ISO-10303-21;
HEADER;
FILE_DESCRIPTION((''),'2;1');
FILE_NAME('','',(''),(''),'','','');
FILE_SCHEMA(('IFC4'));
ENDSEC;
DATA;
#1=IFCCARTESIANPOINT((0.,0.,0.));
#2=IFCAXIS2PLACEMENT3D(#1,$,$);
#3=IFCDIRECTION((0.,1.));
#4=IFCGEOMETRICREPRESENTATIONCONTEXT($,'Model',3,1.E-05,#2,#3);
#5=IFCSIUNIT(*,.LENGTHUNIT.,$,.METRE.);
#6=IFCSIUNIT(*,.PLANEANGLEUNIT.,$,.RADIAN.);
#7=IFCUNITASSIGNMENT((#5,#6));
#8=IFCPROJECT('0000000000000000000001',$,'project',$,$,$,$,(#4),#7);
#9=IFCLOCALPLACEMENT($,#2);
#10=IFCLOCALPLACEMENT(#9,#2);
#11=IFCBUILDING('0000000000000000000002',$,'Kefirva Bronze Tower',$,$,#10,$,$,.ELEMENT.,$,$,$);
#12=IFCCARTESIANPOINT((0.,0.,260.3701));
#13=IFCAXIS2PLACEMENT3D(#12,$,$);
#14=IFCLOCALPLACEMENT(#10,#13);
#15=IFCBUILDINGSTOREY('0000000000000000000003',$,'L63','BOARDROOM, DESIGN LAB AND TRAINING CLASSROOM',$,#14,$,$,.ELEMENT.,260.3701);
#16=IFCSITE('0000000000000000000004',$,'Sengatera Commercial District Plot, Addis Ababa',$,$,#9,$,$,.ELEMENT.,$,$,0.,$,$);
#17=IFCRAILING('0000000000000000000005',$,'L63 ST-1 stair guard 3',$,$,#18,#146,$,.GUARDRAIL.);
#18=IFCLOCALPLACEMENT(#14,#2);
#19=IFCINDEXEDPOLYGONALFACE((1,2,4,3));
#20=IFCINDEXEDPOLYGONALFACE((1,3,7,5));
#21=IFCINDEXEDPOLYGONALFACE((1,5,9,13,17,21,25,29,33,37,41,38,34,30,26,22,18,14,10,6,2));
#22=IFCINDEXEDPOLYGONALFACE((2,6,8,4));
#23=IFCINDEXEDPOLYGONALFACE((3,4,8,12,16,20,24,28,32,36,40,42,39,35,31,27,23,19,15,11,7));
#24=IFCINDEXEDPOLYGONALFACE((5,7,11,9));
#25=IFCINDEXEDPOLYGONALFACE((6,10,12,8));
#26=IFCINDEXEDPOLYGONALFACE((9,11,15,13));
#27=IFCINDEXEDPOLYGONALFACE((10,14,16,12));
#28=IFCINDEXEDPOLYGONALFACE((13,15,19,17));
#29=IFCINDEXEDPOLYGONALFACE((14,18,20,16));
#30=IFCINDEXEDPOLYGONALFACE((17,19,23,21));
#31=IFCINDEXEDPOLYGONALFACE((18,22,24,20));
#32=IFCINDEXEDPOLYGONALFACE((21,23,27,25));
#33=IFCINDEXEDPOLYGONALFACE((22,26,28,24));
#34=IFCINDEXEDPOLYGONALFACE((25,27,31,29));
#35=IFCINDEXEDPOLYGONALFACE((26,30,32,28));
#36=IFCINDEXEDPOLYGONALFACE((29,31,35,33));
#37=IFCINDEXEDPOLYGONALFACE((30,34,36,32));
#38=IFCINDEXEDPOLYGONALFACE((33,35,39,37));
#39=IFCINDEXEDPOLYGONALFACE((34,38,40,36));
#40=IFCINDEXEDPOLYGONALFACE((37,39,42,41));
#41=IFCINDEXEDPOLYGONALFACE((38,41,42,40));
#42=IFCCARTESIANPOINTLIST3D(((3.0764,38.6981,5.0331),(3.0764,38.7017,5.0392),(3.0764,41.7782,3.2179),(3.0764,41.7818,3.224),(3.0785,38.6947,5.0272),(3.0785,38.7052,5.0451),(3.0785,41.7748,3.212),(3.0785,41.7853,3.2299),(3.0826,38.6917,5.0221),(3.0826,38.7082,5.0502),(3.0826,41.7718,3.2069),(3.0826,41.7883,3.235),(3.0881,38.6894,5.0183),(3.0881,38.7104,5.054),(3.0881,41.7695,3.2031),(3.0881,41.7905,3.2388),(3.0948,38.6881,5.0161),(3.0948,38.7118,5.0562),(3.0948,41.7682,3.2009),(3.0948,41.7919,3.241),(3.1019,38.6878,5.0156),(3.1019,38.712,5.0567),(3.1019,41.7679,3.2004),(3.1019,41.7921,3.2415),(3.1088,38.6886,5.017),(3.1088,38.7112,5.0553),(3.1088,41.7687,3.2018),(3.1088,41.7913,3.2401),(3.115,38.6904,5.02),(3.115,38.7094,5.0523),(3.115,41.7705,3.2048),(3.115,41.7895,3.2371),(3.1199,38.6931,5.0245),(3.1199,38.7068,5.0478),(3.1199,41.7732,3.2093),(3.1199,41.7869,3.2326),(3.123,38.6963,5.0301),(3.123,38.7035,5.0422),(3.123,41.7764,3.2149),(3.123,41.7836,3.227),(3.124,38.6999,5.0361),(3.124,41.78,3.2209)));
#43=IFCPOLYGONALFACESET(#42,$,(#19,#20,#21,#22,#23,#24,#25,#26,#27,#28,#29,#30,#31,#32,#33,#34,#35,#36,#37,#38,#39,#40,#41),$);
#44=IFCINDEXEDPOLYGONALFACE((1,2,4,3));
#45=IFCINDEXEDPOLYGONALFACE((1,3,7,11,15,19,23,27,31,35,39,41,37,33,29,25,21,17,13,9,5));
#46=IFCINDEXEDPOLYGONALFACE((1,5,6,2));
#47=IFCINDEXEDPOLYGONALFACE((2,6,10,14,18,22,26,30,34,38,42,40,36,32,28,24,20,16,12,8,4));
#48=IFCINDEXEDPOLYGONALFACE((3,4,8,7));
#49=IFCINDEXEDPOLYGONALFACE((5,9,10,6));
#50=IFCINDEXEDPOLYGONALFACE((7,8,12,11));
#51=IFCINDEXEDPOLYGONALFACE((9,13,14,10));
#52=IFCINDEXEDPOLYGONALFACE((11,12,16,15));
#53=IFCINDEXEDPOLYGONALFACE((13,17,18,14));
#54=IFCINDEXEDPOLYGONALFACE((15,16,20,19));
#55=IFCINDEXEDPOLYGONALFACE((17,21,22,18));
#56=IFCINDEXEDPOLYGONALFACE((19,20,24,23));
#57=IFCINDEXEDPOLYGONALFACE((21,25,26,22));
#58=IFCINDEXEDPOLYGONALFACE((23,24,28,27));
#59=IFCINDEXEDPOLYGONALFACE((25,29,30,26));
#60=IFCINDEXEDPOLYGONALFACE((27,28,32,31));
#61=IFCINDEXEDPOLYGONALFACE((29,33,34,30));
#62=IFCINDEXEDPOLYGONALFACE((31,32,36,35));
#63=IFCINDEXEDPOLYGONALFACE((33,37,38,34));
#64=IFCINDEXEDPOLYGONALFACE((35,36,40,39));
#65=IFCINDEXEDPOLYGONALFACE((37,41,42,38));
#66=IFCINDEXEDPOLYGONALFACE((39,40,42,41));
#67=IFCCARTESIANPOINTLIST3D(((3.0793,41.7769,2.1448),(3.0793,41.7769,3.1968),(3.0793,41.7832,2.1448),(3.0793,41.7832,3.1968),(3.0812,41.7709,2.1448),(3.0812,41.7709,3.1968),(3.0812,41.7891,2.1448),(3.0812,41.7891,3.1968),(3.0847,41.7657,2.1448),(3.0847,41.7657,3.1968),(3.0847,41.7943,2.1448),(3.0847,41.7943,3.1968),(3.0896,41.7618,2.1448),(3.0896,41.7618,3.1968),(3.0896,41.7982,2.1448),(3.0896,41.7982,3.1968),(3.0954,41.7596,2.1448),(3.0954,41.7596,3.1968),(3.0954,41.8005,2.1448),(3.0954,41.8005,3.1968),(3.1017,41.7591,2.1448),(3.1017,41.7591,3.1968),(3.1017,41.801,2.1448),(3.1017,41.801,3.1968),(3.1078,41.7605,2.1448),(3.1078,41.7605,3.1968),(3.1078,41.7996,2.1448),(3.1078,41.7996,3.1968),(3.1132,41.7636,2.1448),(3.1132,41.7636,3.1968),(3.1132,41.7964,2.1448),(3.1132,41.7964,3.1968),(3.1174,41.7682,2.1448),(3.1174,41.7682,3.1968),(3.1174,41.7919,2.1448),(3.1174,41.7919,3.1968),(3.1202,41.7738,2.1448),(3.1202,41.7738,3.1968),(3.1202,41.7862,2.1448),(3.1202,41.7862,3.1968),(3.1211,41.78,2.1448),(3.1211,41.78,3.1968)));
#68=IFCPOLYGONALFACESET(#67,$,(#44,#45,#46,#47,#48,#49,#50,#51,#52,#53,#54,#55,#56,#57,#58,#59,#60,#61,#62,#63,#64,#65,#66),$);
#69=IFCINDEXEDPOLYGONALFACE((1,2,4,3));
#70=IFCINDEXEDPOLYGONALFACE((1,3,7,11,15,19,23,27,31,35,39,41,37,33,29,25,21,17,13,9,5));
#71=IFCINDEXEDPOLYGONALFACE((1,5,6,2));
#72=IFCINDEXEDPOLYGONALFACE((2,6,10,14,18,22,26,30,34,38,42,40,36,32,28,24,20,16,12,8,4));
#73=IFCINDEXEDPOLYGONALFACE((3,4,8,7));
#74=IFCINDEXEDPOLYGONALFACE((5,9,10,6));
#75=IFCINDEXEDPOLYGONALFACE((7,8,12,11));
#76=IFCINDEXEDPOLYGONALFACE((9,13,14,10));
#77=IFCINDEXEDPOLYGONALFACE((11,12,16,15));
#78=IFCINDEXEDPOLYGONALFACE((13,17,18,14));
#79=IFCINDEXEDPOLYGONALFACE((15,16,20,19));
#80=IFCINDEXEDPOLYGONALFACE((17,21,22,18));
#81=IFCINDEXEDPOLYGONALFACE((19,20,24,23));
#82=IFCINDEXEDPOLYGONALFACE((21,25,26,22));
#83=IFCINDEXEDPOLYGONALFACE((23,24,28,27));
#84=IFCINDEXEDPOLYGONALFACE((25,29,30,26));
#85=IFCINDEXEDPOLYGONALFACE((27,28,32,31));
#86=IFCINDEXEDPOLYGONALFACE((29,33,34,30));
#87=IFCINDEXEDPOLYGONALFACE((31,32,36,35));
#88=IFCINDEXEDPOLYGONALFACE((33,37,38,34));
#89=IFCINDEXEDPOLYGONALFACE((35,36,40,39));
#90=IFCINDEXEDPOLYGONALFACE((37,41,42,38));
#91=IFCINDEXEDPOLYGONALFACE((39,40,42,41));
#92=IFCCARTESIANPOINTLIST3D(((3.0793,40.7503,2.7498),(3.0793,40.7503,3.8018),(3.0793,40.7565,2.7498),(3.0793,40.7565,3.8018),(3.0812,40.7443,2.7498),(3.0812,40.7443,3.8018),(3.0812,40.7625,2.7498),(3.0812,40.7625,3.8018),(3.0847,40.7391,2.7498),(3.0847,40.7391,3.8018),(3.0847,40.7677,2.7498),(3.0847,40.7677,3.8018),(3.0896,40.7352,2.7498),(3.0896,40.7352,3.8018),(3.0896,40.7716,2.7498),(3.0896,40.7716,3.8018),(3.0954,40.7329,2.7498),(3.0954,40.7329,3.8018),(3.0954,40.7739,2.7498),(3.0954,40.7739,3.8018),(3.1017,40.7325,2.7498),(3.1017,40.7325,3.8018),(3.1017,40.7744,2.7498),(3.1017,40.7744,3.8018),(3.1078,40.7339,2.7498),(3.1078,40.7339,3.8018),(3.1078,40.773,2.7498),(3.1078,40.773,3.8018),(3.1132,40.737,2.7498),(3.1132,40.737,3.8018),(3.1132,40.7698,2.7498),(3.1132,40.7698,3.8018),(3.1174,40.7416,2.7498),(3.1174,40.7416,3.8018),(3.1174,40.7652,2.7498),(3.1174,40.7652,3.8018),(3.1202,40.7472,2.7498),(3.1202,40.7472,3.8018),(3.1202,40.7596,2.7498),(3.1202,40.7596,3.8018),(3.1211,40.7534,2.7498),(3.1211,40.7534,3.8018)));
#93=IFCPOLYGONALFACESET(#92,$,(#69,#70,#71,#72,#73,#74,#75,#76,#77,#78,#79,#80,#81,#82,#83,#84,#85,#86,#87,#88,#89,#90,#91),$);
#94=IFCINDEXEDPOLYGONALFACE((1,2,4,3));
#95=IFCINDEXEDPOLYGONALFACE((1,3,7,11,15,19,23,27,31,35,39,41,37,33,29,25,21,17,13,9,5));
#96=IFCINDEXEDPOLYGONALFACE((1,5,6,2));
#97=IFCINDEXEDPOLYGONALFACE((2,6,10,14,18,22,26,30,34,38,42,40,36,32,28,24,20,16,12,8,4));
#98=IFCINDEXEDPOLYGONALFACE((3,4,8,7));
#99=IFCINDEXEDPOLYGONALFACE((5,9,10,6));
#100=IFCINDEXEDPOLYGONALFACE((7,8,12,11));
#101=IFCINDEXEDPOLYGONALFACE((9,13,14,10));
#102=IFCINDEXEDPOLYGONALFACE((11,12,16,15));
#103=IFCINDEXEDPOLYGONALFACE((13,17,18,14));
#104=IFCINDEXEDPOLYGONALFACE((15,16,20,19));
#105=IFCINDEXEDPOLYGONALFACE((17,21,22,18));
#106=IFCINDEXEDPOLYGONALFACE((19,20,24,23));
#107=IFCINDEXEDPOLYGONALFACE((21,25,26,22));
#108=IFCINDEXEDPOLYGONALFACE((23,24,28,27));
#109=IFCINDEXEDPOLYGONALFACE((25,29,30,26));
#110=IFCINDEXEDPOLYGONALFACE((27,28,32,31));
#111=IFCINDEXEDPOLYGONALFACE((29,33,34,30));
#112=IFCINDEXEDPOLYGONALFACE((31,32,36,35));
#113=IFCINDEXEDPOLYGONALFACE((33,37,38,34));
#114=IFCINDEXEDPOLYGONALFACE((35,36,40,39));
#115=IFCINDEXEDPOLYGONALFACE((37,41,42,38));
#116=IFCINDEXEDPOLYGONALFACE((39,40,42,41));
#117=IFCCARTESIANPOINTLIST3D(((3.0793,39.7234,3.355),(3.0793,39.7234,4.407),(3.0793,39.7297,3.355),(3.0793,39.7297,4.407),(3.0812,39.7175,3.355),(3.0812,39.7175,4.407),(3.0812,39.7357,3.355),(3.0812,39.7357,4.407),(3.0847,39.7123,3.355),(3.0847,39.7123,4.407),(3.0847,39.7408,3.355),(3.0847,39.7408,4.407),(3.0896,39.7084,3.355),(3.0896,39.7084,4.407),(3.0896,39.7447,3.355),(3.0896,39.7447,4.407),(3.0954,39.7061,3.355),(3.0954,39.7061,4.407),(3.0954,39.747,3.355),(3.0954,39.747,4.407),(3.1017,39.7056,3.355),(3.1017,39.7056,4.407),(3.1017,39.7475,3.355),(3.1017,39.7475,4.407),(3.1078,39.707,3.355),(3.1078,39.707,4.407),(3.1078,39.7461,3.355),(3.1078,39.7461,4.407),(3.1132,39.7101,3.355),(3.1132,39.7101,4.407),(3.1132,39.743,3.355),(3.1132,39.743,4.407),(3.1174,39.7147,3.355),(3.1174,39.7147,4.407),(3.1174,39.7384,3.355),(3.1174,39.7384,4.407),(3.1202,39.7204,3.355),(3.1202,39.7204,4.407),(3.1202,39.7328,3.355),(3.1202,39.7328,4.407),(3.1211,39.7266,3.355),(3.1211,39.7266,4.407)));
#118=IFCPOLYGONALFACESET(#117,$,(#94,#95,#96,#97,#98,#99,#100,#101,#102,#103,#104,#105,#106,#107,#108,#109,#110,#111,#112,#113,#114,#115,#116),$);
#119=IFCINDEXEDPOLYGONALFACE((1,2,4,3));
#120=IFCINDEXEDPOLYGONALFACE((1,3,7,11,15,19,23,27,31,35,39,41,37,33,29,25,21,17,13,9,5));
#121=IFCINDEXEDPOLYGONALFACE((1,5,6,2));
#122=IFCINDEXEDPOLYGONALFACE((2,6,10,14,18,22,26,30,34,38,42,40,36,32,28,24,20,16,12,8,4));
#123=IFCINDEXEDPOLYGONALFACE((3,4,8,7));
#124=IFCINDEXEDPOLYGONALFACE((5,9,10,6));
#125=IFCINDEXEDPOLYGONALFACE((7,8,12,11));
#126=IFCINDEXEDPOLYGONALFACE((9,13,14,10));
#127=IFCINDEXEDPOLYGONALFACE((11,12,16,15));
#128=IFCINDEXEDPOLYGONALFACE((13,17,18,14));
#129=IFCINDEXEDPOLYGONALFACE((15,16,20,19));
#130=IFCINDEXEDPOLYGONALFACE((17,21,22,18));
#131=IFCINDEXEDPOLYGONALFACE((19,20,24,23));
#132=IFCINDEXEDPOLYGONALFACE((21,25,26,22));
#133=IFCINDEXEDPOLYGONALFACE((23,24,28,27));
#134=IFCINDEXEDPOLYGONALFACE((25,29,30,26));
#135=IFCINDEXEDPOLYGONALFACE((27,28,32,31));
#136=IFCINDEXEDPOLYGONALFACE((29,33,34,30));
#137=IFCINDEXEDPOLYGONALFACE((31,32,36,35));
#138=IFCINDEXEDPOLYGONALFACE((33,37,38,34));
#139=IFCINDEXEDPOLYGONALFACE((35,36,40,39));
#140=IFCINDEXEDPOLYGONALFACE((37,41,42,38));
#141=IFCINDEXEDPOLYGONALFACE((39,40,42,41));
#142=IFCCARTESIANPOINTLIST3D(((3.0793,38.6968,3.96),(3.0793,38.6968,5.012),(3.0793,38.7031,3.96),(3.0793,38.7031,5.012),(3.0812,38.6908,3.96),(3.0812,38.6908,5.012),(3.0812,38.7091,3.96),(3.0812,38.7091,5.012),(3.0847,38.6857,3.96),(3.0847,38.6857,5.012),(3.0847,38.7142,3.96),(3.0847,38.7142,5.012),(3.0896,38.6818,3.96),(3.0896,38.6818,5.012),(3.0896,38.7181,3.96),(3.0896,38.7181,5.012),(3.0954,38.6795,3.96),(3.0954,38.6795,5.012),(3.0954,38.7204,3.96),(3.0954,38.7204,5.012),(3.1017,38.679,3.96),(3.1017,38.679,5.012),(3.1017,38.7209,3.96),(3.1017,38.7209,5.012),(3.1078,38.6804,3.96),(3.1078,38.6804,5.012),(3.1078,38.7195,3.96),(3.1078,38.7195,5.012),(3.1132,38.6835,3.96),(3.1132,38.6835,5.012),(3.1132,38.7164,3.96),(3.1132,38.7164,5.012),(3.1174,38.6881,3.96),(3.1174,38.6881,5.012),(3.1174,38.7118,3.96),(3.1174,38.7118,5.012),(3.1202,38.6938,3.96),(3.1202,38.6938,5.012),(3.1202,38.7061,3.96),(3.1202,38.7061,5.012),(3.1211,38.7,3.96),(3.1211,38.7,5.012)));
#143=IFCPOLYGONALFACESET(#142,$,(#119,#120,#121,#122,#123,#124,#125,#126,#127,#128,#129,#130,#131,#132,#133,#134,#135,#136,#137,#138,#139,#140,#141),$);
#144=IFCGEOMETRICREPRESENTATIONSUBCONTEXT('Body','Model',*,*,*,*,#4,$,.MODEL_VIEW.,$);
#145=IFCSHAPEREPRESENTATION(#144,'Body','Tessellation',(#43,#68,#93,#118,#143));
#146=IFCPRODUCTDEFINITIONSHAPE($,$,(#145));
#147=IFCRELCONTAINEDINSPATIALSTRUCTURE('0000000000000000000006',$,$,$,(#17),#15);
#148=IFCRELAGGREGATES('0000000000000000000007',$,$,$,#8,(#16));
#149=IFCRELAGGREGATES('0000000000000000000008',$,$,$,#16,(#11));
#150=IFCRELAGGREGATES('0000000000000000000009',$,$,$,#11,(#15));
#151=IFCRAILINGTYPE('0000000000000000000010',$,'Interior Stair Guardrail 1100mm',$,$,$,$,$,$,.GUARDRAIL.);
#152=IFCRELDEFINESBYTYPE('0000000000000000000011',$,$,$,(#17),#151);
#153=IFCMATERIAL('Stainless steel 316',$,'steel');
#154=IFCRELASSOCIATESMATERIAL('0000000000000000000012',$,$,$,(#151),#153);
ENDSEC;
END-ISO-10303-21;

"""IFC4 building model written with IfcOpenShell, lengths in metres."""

from ifc_helpers import new_model, si_unit, direction, frame, origin, origin_2d, place, context, subcontext, project, spatial, circle, extrude, material, type_object, element, save


model = new_model("IFC4")

# Units and contexts
model_context = context("Model", 3, precision=1e-05, world=origin(), true_north=direction((0.0, 1.0)))
body_context = subcontext(model_context, "Body", "Model", "MODEL_VIEW")
ifc_project = project(units=[si_unit("LENGTHUNIT", "METRE"), si_unit("PLANEANGLEUNIT", "RADIAN")], contexts=[model_context])

# Site, building, storey
site_placement = place(None, origin())
site = spatial("IfcSite", under=ifc_project, at=site_placement, Name="Sengatera Commercial District Plot, Addis Ababa", CompositionType="ELEMENT", RefElevation=0.0)
building_placement = place(site_placement, origin())
building = spatial("IfcBuilding", under=site, at=building_placement, Name="Kefirva Bronze Tower", CompositionType="ELEMENT")
storey_placement = place(building_placement, frame((0.0, 0.0, 260.3701)))
storey = spatial("IfcBuildingStorey", under=building, at=storey_placement, Name="L63", Description="BOARDROOM, DESIGN LAB AND TRAINING CLASSROOM", CompositionType="ELEMENT", Elevation=260.3701)

# Railing
ifc_material_1 = material(Name="Stainless steel 316", Category="steel")
railing_type_1 = type_object("IfcRailingType", Name="Interior Stair Guardrail 1100mm", PredefinedType="GUARDRAIL", material=ifc_material_1)
railing_1_placement = place(storey_placement, frame((3.1001, 41.78, 2.1448)))
element("IfcRailing", 1, at=railing_1_placement, inside=storey, type_object=railing_type_1, Name="L63 ST-1 stair guard 3", PredefinedType="GUARDRAIL", context=body_context, shape_type="SweptSolid", body=[
    extrude(circle(Radius=0.0239, at=origin_2d()), frame((0.0, 0.0, 1.0762), z_axis=(0.0, -0.861521, 0.507721), x_axis=(1.0, 0.0, 0.0)), (0.0, 0.0, 1.0), 3.5752),
    extrude(circle(Radius=0.021, at=origin_2d()), origin(), (0.0, 0.0, 1.0), 1.052),
    extrude(circle(Radius=0.021, at=origin_2d()), frame((0.0, -1.0266, 0.605)), (0.0, 0.0, 1.0), 1.052),
    extrude(circle(Radius=0.021, at=origin_2d()), frame((0.0, -2.0535, 1.2102)), (0.0, 0.0, 1.0), 1.052),
    extrude(circle(Radius=0.021, at=origin_2d()), frame((0.0, -3.0801, 1.8152)), (0.0, 0.0, 1.0), 1.052),
])

save(model, "model.ifc")
